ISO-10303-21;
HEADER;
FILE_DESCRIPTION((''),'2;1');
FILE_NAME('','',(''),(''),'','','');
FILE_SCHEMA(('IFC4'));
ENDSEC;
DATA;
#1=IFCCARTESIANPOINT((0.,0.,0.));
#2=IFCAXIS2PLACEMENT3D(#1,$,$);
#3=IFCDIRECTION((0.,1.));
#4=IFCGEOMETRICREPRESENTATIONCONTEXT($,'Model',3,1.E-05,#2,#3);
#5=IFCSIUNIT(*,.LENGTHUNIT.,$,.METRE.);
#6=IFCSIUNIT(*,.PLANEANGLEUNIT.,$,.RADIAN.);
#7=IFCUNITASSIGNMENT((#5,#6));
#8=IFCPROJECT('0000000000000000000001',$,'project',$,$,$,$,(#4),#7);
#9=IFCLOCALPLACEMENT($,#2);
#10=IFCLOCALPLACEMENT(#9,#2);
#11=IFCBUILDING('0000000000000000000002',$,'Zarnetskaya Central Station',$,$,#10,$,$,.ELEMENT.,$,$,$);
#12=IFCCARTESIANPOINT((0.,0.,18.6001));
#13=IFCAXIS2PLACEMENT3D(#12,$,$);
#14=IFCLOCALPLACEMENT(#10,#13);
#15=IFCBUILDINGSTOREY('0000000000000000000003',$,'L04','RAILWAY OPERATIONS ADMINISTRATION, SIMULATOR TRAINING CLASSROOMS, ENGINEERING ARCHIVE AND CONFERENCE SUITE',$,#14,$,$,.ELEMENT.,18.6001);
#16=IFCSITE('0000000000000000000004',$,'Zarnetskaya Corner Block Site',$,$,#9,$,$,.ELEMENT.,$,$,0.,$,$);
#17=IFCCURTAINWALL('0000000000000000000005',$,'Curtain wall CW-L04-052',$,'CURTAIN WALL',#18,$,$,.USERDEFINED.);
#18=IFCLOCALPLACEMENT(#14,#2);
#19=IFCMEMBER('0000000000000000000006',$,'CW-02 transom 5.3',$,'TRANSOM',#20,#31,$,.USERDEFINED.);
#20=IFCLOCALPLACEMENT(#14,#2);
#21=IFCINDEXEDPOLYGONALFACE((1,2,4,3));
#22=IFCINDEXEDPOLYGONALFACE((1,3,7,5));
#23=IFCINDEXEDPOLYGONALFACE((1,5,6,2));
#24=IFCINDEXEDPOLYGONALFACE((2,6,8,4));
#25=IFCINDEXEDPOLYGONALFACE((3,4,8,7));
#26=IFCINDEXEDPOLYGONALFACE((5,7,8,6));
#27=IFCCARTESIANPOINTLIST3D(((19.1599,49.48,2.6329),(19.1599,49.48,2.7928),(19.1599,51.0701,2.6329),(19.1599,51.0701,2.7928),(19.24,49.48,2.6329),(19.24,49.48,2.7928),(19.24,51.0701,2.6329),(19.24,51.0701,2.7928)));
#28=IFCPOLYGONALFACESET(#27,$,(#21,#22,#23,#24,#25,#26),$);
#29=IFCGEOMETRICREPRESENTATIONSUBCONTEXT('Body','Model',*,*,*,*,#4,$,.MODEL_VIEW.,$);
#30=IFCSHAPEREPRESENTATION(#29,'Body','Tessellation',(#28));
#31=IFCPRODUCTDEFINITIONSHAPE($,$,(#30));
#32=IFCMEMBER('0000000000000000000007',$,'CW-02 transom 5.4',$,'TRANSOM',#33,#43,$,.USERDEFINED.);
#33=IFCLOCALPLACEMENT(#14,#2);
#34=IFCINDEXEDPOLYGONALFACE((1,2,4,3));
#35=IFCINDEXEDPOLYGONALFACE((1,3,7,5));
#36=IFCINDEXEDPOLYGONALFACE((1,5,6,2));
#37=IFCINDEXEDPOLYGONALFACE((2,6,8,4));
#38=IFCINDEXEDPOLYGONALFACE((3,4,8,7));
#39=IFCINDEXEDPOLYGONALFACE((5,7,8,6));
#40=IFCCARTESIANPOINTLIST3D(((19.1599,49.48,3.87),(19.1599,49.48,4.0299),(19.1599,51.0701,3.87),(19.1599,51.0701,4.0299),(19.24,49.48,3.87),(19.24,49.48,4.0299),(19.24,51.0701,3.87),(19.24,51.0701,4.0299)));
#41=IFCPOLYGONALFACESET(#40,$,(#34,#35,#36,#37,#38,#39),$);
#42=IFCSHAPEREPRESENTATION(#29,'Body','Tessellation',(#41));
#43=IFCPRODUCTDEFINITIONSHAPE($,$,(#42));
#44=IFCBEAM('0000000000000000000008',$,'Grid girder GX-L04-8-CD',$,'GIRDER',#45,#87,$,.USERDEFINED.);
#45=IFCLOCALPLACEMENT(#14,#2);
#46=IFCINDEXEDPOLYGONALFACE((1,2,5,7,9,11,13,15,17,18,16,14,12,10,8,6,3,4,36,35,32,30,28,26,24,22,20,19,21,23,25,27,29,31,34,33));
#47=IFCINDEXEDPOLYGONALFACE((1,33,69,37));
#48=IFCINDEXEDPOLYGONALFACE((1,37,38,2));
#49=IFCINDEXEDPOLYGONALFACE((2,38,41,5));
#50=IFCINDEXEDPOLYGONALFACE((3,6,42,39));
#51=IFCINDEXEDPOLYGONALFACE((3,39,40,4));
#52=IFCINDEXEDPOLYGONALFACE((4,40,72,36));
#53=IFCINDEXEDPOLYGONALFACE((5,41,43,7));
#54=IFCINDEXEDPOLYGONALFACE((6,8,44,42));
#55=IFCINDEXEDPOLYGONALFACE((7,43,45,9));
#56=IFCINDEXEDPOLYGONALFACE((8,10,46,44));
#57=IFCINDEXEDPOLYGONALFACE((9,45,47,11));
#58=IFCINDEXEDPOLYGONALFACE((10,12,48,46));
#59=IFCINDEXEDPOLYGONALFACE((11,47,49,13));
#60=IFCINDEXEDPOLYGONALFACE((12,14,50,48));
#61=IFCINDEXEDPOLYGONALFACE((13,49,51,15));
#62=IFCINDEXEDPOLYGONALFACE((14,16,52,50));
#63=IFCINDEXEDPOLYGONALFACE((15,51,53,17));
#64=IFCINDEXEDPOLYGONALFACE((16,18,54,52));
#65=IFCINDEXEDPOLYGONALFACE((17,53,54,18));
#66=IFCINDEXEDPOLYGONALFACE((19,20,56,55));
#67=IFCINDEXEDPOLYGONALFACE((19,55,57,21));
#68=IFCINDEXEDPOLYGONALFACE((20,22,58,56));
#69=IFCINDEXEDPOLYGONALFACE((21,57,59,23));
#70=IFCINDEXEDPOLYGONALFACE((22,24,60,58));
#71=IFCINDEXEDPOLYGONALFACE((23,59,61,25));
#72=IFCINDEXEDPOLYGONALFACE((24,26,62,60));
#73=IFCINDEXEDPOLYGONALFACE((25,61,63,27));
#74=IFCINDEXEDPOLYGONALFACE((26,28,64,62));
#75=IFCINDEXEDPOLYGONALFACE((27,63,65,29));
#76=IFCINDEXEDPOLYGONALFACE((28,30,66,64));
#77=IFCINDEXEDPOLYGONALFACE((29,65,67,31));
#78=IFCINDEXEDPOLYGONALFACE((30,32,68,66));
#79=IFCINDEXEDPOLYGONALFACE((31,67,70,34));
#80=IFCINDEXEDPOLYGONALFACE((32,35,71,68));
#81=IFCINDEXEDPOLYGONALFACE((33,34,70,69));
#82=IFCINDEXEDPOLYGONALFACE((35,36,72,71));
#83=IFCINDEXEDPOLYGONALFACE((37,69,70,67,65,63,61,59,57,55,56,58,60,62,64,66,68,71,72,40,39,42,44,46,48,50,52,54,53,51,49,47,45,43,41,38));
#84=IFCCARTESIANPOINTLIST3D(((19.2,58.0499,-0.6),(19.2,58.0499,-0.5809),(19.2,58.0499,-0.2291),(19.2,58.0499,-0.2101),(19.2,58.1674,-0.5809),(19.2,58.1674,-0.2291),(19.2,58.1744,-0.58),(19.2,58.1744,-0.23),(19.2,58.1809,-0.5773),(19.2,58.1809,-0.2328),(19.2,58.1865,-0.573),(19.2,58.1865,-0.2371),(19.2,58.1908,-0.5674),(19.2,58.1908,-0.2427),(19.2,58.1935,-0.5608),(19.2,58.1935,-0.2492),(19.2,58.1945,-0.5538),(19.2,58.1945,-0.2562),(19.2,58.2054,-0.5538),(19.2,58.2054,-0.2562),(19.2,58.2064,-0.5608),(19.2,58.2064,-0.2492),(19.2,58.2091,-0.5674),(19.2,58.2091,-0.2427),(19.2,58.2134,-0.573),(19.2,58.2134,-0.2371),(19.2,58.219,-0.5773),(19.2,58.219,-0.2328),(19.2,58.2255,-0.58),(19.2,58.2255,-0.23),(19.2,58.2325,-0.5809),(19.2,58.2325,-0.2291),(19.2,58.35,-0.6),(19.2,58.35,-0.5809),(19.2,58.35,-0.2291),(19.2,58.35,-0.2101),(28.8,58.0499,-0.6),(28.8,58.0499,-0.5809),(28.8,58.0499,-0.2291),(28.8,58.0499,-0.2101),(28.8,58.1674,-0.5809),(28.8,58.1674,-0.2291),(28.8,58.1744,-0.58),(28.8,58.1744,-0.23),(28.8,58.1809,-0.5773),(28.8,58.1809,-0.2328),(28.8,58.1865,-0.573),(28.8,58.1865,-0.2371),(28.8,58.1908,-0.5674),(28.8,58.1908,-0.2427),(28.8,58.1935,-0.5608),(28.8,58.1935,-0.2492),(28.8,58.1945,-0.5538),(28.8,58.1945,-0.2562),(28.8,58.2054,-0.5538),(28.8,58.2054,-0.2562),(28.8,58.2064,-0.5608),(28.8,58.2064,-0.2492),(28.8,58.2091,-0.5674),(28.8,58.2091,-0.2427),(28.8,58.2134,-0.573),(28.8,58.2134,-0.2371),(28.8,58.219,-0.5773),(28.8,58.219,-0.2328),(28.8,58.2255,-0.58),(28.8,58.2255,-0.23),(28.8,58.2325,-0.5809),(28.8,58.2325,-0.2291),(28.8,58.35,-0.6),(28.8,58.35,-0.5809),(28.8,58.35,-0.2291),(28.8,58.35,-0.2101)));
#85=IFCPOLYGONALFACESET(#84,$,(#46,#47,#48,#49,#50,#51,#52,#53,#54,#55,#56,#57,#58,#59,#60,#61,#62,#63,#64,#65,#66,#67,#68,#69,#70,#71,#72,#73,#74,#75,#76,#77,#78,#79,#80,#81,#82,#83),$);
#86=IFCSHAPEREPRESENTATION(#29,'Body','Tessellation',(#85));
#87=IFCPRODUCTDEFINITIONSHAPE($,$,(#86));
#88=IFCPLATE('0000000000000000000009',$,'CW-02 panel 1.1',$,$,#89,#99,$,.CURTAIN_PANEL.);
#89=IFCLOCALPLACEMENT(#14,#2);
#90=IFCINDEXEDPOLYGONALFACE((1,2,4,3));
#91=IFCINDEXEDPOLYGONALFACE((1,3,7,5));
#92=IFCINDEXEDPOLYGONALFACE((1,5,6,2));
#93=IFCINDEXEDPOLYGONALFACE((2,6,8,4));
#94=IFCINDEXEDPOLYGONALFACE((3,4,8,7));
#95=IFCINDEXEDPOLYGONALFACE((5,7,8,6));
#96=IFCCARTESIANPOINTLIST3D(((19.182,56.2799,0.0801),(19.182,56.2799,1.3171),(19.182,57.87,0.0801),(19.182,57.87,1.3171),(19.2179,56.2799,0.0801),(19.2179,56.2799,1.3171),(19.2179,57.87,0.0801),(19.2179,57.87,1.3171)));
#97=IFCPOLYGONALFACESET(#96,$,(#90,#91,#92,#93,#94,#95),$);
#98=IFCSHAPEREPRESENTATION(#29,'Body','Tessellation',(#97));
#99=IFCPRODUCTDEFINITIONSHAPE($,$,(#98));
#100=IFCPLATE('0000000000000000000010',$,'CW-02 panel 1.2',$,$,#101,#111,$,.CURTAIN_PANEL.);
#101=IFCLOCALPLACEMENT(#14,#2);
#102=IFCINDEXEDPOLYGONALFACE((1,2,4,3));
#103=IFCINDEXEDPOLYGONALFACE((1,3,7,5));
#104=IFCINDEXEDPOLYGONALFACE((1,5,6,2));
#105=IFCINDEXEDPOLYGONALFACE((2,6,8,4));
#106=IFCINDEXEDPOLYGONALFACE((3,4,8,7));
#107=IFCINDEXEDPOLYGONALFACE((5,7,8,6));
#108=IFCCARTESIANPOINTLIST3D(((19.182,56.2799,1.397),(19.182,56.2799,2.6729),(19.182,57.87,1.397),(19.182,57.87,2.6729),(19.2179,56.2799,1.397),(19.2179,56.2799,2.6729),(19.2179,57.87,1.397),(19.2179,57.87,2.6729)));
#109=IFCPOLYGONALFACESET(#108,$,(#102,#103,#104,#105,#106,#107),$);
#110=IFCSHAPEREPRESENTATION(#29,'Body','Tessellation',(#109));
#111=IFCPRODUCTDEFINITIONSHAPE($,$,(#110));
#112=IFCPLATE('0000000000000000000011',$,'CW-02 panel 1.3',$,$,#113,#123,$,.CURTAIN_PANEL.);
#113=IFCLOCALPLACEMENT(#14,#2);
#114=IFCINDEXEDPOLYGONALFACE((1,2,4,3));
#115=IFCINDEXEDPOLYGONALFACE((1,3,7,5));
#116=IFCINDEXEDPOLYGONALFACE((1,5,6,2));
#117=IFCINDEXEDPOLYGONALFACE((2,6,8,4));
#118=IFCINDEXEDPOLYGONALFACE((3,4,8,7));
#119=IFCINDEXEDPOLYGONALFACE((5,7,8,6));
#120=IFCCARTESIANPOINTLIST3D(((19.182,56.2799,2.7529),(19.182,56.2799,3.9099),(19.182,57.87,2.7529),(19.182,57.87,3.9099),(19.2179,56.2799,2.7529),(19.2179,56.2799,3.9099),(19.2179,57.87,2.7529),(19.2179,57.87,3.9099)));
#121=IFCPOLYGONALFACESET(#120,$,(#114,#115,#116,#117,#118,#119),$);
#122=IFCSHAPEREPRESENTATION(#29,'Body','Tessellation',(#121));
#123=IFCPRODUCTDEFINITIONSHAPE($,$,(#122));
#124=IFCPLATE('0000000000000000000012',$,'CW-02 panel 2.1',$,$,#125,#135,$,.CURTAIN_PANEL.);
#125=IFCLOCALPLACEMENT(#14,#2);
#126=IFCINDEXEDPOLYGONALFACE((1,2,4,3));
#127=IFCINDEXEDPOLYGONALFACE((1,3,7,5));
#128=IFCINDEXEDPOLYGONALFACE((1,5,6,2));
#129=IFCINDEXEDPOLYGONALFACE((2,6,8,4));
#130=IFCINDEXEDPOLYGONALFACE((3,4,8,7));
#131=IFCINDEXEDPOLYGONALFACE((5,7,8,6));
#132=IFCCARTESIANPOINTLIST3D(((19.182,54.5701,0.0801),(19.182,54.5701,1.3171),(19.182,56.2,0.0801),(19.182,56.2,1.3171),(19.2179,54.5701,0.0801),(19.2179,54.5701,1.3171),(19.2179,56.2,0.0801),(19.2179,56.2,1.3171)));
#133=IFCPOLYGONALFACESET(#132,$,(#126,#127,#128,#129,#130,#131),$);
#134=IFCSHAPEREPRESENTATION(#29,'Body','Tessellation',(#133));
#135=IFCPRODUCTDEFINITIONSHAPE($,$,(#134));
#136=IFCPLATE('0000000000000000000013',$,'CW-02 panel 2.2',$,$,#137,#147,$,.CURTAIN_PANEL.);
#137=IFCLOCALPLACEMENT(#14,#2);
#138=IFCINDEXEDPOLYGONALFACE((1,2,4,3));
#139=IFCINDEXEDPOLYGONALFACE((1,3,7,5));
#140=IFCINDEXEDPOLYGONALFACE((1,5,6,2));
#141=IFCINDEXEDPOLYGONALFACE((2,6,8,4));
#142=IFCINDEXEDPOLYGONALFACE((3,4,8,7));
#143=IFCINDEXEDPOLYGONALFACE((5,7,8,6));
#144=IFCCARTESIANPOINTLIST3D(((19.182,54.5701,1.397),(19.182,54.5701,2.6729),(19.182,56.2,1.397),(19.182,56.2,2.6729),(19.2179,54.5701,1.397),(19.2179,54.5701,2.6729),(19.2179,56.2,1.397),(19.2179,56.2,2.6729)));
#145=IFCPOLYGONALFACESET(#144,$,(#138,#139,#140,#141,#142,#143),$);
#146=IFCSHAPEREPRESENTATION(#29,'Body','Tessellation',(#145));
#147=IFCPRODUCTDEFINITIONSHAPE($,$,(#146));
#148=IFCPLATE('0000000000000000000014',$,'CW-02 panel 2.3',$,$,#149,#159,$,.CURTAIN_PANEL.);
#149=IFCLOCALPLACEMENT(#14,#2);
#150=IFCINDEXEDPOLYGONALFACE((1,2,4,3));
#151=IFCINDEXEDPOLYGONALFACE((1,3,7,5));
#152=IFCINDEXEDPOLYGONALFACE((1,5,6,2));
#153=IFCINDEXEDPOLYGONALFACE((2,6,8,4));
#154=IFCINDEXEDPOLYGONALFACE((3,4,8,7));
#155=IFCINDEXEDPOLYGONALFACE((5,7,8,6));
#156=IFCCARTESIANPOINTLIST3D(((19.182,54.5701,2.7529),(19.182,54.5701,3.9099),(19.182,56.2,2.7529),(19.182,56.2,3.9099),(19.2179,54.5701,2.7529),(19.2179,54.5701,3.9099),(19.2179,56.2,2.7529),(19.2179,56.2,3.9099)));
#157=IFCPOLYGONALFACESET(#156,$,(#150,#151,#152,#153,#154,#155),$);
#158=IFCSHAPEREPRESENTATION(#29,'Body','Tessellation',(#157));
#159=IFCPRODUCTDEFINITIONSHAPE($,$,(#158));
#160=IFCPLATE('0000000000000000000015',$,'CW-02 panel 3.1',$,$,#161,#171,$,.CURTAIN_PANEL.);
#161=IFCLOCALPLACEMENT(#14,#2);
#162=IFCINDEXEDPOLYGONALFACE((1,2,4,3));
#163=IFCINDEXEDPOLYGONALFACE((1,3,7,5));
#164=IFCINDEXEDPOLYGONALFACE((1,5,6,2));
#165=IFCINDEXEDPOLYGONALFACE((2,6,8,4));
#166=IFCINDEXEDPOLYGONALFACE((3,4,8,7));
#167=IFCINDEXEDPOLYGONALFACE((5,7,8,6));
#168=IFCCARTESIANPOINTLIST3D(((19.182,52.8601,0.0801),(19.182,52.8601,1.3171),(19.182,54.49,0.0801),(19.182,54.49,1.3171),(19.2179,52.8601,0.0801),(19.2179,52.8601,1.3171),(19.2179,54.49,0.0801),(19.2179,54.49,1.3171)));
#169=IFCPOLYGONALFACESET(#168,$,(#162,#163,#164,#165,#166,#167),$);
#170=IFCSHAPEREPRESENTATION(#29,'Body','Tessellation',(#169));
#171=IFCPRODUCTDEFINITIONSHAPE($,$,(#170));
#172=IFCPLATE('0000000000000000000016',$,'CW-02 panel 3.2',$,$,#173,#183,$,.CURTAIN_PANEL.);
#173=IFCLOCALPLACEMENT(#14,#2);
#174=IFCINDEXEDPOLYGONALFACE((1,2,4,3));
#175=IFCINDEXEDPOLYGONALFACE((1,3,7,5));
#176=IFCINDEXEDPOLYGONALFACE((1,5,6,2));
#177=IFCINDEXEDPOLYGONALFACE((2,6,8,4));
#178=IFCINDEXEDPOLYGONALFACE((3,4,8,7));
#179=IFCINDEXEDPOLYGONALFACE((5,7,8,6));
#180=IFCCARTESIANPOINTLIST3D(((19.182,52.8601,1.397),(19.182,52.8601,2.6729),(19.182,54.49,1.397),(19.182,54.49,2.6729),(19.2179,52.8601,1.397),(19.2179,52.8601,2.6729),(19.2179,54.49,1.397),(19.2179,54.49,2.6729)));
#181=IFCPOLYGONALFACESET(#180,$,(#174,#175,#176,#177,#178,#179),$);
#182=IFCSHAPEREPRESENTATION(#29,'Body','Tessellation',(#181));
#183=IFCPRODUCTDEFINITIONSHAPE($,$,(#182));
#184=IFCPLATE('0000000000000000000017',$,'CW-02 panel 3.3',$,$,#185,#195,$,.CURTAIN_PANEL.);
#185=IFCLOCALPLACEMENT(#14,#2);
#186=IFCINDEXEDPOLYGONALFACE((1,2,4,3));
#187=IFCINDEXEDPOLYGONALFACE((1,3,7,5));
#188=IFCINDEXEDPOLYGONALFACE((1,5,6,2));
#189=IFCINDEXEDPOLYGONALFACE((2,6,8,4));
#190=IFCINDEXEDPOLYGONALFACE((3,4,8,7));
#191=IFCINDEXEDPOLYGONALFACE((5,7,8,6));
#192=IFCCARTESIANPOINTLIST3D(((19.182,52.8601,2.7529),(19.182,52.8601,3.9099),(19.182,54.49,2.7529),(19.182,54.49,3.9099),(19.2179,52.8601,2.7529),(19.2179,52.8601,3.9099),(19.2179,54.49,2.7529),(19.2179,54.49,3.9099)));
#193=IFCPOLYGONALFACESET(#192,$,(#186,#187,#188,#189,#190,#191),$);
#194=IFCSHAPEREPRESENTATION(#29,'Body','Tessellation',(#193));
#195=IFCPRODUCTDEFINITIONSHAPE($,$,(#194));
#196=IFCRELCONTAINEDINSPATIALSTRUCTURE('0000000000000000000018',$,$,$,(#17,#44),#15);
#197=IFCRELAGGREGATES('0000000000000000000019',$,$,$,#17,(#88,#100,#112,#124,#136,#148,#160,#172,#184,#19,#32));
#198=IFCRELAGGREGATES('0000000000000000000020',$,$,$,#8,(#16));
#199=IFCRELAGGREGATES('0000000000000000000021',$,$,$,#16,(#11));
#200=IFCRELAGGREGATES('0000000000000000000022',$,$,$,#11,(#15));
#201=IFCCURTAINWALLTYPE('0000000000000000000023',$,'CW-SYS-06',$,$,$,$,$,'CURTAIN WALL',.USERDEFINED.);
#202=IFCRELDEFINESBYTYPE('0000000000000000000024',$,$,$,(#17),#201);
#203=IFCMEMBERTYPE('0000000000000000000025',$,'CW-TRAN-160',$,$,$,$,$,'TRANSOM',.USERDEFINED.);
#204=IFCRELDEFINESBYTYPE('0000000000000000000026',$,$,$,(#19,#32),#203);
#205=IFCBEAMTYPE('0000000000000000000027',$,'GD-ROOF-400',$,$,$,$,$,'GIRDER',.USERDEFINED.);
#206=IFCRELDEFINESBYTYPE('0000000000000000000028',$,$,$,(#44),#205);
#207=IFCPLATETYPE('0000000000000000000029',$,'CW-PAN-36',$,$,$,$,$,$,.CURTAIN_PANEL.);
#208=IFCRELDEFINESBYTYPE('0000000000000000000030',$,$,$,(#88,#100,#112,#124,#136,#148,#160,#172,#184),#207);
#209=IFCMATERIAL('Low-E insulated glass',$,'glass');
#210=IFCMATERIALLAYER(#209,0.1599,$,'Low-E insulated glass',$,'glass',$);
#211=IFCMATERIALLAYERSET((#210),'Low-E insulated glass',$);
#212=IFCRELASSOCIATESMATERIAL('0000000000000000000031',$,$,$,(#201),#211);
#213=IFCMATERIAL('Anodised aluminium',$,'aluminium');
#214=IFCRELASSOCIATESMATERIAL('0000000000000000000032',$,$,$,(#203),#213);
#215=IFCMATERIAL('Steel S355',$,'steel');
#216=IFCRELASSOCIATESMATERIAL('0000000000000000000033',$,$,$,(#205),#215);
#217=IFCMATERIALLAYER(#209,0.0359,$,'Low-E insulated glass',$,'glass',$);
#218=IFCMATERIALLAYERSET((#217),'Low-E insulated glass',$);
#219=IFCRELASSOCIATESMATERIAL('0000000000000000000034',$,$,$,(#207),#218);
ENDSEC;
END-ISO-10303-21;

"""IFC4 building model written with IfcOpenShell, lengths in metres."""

from ifc_helpers import new_model, si_unit, direction, frame, origin, origin_2d, place, context, subcontext, project, spatial, rectangle, i_section, extrude, material, layer, layer_set, material_profile, profile_set, type_object, element, aggregate, save


model = new_model("IFC4")

# Units and contexts
model_context = context("Model", 3, precision=1e-05, world=origin(), true_north=direction((0.0, 1.0)))
body_context = subcontext(model_context, "Body", "Model", "MODEL_VIEW")
ifc_project = project(units=[si_unit("LENGTHUNIT", "METRE"), si_unit("PLANEANGLEUNIT", "RADIAN")], contexts=[model_context])

# Site, building, storey
site_placement = place(None, origin())
site = spatial("IfcSite", under=ifc_project, at=site_placement, Name="Zarnetskaya Corner Block Site", CompositionType="ELEMENT", RefElevation=0.0)
building_placement = place(site_placement, origin())
building = spatial("IfcBuilding", under=site, at=building_placement, Name="Zarnetskaya Central Station", CompositionType="ELEMENT")
storey_placement = place(building_placement, frame((0.0, 0.0, 18.6001)))
storey = spatial("IfcBuildingStorey", under=building, at=storey_placement, Name="L04", Description="RAILWAY OPERATIONS ADMINISTRATION, SIMULATOR TRAINING CLASSROOMS, ENGINEERING ARCHIVE AND CONFERENCE SUITE", CompositionType="ELEMENT", Elevation=18.6001)

# Shared definitions
ifc_material_1 = material(Name="Steel S355", Category="steel")

# Curtain wall, members
ifc_material_2 = material(Name="Low-E insulated glass", Category="glass")
ifc_layer_1 = layer(ifc_material_2, 0.1599, Name="Low-E insulated glass", Category="glass")
ifc_layer_set_1 = layer_set([ifc_layer_1], Name="Low-E insulated glass")
curtain_wall_type = type_object("IfcCurtainWallType", Name="CW-SYS-06", ElementType="CURTAIN WALL", PredefinedType="USERDEFINED", material=ifc_layer_set_1)
curtain_wall_placement = place(storey_placement, origin())
curtain_wall = element("IfcCurtainWall", 1, at=curtain_wall_placement, inside=storey, type_object=curtain_wall_type, Name="Curtain wall CW-L04-052", ObjectType="CURTAIN WALL", PredefinedType="USERDEFINED")
ifc_material_3 = material(Name="Anodised aluminium", Category="aluminium")
ifc_material_profile_1 = material_profile(ifc_material_3, rectangle(XDim=0.0801, YDim=0.1599, at=origin_2d()), Name="ALU TRAN 80x160")
ifc_profile_set_1 = profile_set([ifc_material_profile_1], Name="Anodised aluminium")
member_type_1 = type_object("IfcMemberType", Name="CW-TRAN-160", ElementType="TRANSOM", PredefinedType="USERDEFINED", material=ifc_profile_set_1)
member_1_placement = place(storey_placement, frame((19.2, 51.0701, 2.7129), z_axis=(0.0, -1.0, 0.0), x_axis=(1.0, 0.0, 0.0)))
member_1 = element("IfcMember", 2, at=member_1_placement, type_object=member_type_1, Name="CW-02 transom 5.3", ObjectType="TRANSOM", PredefinedType="USERDEFINED", context=body_context, shape_type="SweptSolid", body=[
    extrude(rectangle(XDim=0.0801, YDim=0.1599, at=origin_2d()), origin(), (0.0, 0.0, 1.0), 1.5901),
])
member_2_placement = place(storey_placement, frame((19.2, 51.0701, 3.95), z_axis=(0.0, -1.0, 0.0), x_axis=(1.0, 0.0, 0.0)))
member_2 = element("IfcMember", 3, at=member_2_placement, type_object=member_type_1, Name="CW-02 transom 5.4", ObjectType="TRANSOM", PredefinedType="USERDEFINED", context=body_context, shape_type="SweptSolid", body=[
    extrude(rectangle(XDim=0.0801, YDim=0.1599, at=origin_2d()), origin(), (0.0, 0.0, 1.0), 1.5901),
])

# Beam
ifc_material_profile_2 = material_profile(ifc_material_1, i_section(OverallWidth=0.3, OverallDepth=0.3899, WebThickness=0.011, FlangeThickness=0.019, FilletRadius=0.0271, at=origin_2d()), Name="HEA 400")
ifc_profile_set_2 = profile_set([ifc_material_profile_2], Name="Steel S355")
beam_type_1 = type_object("IfcBeamType", Name="GD-ROOF-400", ElementType="GIRDER", PredefinedType="USERDEFINED", material=ifc_profile_set_2)
beam_placement = place(storey_placement, frame((19.2, 58.2, -0.405), z_axis=(1.0, 0.0, 0.0), x_axis=(0.0, 1.0, 0.0)))
element("IfcBeam", 4, at=beam_placement, inside=storey, type_object=beam_type_1, Name="Grid girder GX-L04-8-CD", ObjectType="GIRDER", PredefinedType="USERDEFINED", context=body_context, shape_type="SweptSolid", body=[
    extrude(i_section(OverallWidth=0.3, OverallDepth=0.3899, WebThickness=0.011, FlangeThickness=0.019, FilletRadius=0.0271, at=origin_2d()), origin(), (0.0, 0.0, 1.0), 9.6001),
])

# Plates
ifc_layer_2 = layer(ifc_material_2, 0.0359, Name="Low-E insulated glass", Category="glass")
ifc_layer_set_2 = layer_set([ifc_layer_2], Name="Low-E insulated glass")
plate_type = type_object("IfcPlateType", Name="CW-PAN-36", PredefinedType="CURTAIN_PANEL", material=ifc_layer_set_2)
plate_1_placement = place(storey_placement, frame((19.2, 57.075, 0.0801), z_axis=(0.0, 0.0, 1.0), x_axis=(0.0, -1.0, 0.0)))
plate_1 = element("IfcPlate", 5, at=plate_1_placement, type_object=plate_type, Name="CW-02 panel 1.1", PredefinedType="CURTAIN_PANEL", context=body_context, shape_type="SweptSolid", body=[
    extrude(rectangle(XDim=1.5901, YDim=0.0359, at=origin_2d()), origin(), (0.0, 0.0, 1.0), 1.2371),
])
plate_2_placement = place(storey_placement, frame((19.2, 57.075, 1.397), z_axis=(0.0, 0.0, 1.0), x_axis=(0.0, -1.0, 0.0)))
plate_2 = element("IfcPlate", 6, at=plate_2_placement, type_object=plate_type, Name="CW-02 panel 1.2", PredefinedType="CURTAIN_PANEL", context=body_context, shape_type="SweptSolid", body=[
    extrude(rectangle(XDim=1.5901, YDim=0.0359, at=origin_2d()), origin(), (0.0, 0.0, 1.0), 1.2759),
])
plate_3_placement = place(storey_placement, frame((19.2, 57.075, 2.7529), z_axis=(0.0, 0.0, 1.0), x_axis=(0.0, -1.0, 0.0)))
plate_3 = element("IfcPlate", 7, at=plate_3_placement, type_object=plate_type, Name="CW-02 panel 1.3", PredefinedType="CURTAIN_PANEL", context=body_context, shape_type="SweptSolid", body=[
    extrude(rectangle(XDim=1.5901, YDim=0.0359, at=origin_2d()), origin(), (0.0, 0.0, 1.0), 1.157),
])
plate_4_placement = place(storey_placement, frame((19.2, 55.385, 0.0801), z_axis=(0.0, 0.0, 1.0), x_axis=(0.0, -1.0, 0.0)))
plate_4 = element("IfcPlate", 8, at=plate_4_placement, type_object=plate_type, Name="CW-02 panel 2.1", PredefinedType="CURTAIN_PANEL", context=body_context, shape_type="SweptSolid", body=[
    extrude(rectangle(XDim=1.6299, YDim=0.0359, at=origin_2d()), origin(), (0.0, 0.0, 1.0), 1.2371),
])
plate_5_placement = place(storey_placement, frame((19.2, 55.385, 1.397), z_axis=(0.0, 0.0, 1.0), x_axis=(0.0, -1.0, 0.0)))
plate_5 = element("IfcPlate", 9, at=plate_5_placement, type_object=plate_type, Name="CW-02 panel 2.2", PredefinedType="CURTAIN_PANEL", context=body_context, shape_type="SweptSolid", body=[
    extrude(rectangle(XDim=1.6299, YDim=0.0359, at=origin_2d()), origin(), (0.0, 0.0, 1.0), 1.2759),
])
plate_6_placement = place(storey_placement, frame((19.2, 55.385, 2.7529), z_axis=(0.0, 0.0, 1.0), x_axis=(0.0, -1.0, 0.0)))
plate_6 = element("IfcPlate", 10, at=plate_6_placement, type_object=plate_type, Name="CW-02 panel 2.3", PredefinedType="CURTAIN_PANEL", context=body_context, shape_type="SweptSolid", body=[
    extrude(rectangle(XDim=1.6299, YDim=0.0359, at=origin_2d()), origin(), (0.0, 0.0, 1.0), 1.157),
])
plate_7_placement = place(storey_placement, frame((19.2, 53.675, 0.0801), z_axis=(0.0, 0.0, 1.0), x_axis=(0.0, -1.0, 0.0)))
plate_7 = element("IfcPlate", 11, at=plate_7_placement, type_object=plate_type, Name="CW-02 panel 3.1", PredefinedType="CURTAIN_PANEL", context=body_context, shape_type="SweptSolid", body=[
    extrude(rectangle(XDim=1.6299, YDim=0.0359, at=origin_2d()), origin(), (0.0, 0.0, 1.0), 1.2371),
])
plate_8_placement = place(storey_placement, frame((19.2, 53.675, 1.397), z_axis=(0.0, 0.0, 1.0), x_axis=(0.0, -1.0, 0.0)))
plate_8 = element("IfcPlate", 12, at=plate_8_placement, type_object=plate_type, Name="CW-02 panel 3.2", PredefinedType="CURTAIN_PANEL", context=body_context, shape_type="SweptSolid", body=[
    extrude(rectangle(XDim=1.6299, YDim=0.0359, at=origin_2d()), origin(), (0.0, 0.0, 1.0), 1.2759),
])
plate_9_placement = place(storey_placement, frame((19.2, 53.675, 2.7529), z_axis=(0.0, 0.0, 1.0), x_axis=(0.0, -1.0, 0.0)))
plate_9 = element("IfcPlate", 13, at=plate_9_placement, type_object=plate_type, Name="CW-02 panel 3.3", PredefinedType="CURTAIN_PANEL", context=body_context, shape_type="SweptSolid", body=[
    extrude(rectangle(XDim=1.6299, YDim=0.0359, at=origin_2d()), origin(), (0.0, 0.0, 1.0), 1.157),
])
aggregate(curtain_wall, [plate_1, plate_2, plate_3, plate_4, plate_5, plate_6, plate_7, plate_8, plate_9, member_1, member_2])

save(model, "model.ifc")
